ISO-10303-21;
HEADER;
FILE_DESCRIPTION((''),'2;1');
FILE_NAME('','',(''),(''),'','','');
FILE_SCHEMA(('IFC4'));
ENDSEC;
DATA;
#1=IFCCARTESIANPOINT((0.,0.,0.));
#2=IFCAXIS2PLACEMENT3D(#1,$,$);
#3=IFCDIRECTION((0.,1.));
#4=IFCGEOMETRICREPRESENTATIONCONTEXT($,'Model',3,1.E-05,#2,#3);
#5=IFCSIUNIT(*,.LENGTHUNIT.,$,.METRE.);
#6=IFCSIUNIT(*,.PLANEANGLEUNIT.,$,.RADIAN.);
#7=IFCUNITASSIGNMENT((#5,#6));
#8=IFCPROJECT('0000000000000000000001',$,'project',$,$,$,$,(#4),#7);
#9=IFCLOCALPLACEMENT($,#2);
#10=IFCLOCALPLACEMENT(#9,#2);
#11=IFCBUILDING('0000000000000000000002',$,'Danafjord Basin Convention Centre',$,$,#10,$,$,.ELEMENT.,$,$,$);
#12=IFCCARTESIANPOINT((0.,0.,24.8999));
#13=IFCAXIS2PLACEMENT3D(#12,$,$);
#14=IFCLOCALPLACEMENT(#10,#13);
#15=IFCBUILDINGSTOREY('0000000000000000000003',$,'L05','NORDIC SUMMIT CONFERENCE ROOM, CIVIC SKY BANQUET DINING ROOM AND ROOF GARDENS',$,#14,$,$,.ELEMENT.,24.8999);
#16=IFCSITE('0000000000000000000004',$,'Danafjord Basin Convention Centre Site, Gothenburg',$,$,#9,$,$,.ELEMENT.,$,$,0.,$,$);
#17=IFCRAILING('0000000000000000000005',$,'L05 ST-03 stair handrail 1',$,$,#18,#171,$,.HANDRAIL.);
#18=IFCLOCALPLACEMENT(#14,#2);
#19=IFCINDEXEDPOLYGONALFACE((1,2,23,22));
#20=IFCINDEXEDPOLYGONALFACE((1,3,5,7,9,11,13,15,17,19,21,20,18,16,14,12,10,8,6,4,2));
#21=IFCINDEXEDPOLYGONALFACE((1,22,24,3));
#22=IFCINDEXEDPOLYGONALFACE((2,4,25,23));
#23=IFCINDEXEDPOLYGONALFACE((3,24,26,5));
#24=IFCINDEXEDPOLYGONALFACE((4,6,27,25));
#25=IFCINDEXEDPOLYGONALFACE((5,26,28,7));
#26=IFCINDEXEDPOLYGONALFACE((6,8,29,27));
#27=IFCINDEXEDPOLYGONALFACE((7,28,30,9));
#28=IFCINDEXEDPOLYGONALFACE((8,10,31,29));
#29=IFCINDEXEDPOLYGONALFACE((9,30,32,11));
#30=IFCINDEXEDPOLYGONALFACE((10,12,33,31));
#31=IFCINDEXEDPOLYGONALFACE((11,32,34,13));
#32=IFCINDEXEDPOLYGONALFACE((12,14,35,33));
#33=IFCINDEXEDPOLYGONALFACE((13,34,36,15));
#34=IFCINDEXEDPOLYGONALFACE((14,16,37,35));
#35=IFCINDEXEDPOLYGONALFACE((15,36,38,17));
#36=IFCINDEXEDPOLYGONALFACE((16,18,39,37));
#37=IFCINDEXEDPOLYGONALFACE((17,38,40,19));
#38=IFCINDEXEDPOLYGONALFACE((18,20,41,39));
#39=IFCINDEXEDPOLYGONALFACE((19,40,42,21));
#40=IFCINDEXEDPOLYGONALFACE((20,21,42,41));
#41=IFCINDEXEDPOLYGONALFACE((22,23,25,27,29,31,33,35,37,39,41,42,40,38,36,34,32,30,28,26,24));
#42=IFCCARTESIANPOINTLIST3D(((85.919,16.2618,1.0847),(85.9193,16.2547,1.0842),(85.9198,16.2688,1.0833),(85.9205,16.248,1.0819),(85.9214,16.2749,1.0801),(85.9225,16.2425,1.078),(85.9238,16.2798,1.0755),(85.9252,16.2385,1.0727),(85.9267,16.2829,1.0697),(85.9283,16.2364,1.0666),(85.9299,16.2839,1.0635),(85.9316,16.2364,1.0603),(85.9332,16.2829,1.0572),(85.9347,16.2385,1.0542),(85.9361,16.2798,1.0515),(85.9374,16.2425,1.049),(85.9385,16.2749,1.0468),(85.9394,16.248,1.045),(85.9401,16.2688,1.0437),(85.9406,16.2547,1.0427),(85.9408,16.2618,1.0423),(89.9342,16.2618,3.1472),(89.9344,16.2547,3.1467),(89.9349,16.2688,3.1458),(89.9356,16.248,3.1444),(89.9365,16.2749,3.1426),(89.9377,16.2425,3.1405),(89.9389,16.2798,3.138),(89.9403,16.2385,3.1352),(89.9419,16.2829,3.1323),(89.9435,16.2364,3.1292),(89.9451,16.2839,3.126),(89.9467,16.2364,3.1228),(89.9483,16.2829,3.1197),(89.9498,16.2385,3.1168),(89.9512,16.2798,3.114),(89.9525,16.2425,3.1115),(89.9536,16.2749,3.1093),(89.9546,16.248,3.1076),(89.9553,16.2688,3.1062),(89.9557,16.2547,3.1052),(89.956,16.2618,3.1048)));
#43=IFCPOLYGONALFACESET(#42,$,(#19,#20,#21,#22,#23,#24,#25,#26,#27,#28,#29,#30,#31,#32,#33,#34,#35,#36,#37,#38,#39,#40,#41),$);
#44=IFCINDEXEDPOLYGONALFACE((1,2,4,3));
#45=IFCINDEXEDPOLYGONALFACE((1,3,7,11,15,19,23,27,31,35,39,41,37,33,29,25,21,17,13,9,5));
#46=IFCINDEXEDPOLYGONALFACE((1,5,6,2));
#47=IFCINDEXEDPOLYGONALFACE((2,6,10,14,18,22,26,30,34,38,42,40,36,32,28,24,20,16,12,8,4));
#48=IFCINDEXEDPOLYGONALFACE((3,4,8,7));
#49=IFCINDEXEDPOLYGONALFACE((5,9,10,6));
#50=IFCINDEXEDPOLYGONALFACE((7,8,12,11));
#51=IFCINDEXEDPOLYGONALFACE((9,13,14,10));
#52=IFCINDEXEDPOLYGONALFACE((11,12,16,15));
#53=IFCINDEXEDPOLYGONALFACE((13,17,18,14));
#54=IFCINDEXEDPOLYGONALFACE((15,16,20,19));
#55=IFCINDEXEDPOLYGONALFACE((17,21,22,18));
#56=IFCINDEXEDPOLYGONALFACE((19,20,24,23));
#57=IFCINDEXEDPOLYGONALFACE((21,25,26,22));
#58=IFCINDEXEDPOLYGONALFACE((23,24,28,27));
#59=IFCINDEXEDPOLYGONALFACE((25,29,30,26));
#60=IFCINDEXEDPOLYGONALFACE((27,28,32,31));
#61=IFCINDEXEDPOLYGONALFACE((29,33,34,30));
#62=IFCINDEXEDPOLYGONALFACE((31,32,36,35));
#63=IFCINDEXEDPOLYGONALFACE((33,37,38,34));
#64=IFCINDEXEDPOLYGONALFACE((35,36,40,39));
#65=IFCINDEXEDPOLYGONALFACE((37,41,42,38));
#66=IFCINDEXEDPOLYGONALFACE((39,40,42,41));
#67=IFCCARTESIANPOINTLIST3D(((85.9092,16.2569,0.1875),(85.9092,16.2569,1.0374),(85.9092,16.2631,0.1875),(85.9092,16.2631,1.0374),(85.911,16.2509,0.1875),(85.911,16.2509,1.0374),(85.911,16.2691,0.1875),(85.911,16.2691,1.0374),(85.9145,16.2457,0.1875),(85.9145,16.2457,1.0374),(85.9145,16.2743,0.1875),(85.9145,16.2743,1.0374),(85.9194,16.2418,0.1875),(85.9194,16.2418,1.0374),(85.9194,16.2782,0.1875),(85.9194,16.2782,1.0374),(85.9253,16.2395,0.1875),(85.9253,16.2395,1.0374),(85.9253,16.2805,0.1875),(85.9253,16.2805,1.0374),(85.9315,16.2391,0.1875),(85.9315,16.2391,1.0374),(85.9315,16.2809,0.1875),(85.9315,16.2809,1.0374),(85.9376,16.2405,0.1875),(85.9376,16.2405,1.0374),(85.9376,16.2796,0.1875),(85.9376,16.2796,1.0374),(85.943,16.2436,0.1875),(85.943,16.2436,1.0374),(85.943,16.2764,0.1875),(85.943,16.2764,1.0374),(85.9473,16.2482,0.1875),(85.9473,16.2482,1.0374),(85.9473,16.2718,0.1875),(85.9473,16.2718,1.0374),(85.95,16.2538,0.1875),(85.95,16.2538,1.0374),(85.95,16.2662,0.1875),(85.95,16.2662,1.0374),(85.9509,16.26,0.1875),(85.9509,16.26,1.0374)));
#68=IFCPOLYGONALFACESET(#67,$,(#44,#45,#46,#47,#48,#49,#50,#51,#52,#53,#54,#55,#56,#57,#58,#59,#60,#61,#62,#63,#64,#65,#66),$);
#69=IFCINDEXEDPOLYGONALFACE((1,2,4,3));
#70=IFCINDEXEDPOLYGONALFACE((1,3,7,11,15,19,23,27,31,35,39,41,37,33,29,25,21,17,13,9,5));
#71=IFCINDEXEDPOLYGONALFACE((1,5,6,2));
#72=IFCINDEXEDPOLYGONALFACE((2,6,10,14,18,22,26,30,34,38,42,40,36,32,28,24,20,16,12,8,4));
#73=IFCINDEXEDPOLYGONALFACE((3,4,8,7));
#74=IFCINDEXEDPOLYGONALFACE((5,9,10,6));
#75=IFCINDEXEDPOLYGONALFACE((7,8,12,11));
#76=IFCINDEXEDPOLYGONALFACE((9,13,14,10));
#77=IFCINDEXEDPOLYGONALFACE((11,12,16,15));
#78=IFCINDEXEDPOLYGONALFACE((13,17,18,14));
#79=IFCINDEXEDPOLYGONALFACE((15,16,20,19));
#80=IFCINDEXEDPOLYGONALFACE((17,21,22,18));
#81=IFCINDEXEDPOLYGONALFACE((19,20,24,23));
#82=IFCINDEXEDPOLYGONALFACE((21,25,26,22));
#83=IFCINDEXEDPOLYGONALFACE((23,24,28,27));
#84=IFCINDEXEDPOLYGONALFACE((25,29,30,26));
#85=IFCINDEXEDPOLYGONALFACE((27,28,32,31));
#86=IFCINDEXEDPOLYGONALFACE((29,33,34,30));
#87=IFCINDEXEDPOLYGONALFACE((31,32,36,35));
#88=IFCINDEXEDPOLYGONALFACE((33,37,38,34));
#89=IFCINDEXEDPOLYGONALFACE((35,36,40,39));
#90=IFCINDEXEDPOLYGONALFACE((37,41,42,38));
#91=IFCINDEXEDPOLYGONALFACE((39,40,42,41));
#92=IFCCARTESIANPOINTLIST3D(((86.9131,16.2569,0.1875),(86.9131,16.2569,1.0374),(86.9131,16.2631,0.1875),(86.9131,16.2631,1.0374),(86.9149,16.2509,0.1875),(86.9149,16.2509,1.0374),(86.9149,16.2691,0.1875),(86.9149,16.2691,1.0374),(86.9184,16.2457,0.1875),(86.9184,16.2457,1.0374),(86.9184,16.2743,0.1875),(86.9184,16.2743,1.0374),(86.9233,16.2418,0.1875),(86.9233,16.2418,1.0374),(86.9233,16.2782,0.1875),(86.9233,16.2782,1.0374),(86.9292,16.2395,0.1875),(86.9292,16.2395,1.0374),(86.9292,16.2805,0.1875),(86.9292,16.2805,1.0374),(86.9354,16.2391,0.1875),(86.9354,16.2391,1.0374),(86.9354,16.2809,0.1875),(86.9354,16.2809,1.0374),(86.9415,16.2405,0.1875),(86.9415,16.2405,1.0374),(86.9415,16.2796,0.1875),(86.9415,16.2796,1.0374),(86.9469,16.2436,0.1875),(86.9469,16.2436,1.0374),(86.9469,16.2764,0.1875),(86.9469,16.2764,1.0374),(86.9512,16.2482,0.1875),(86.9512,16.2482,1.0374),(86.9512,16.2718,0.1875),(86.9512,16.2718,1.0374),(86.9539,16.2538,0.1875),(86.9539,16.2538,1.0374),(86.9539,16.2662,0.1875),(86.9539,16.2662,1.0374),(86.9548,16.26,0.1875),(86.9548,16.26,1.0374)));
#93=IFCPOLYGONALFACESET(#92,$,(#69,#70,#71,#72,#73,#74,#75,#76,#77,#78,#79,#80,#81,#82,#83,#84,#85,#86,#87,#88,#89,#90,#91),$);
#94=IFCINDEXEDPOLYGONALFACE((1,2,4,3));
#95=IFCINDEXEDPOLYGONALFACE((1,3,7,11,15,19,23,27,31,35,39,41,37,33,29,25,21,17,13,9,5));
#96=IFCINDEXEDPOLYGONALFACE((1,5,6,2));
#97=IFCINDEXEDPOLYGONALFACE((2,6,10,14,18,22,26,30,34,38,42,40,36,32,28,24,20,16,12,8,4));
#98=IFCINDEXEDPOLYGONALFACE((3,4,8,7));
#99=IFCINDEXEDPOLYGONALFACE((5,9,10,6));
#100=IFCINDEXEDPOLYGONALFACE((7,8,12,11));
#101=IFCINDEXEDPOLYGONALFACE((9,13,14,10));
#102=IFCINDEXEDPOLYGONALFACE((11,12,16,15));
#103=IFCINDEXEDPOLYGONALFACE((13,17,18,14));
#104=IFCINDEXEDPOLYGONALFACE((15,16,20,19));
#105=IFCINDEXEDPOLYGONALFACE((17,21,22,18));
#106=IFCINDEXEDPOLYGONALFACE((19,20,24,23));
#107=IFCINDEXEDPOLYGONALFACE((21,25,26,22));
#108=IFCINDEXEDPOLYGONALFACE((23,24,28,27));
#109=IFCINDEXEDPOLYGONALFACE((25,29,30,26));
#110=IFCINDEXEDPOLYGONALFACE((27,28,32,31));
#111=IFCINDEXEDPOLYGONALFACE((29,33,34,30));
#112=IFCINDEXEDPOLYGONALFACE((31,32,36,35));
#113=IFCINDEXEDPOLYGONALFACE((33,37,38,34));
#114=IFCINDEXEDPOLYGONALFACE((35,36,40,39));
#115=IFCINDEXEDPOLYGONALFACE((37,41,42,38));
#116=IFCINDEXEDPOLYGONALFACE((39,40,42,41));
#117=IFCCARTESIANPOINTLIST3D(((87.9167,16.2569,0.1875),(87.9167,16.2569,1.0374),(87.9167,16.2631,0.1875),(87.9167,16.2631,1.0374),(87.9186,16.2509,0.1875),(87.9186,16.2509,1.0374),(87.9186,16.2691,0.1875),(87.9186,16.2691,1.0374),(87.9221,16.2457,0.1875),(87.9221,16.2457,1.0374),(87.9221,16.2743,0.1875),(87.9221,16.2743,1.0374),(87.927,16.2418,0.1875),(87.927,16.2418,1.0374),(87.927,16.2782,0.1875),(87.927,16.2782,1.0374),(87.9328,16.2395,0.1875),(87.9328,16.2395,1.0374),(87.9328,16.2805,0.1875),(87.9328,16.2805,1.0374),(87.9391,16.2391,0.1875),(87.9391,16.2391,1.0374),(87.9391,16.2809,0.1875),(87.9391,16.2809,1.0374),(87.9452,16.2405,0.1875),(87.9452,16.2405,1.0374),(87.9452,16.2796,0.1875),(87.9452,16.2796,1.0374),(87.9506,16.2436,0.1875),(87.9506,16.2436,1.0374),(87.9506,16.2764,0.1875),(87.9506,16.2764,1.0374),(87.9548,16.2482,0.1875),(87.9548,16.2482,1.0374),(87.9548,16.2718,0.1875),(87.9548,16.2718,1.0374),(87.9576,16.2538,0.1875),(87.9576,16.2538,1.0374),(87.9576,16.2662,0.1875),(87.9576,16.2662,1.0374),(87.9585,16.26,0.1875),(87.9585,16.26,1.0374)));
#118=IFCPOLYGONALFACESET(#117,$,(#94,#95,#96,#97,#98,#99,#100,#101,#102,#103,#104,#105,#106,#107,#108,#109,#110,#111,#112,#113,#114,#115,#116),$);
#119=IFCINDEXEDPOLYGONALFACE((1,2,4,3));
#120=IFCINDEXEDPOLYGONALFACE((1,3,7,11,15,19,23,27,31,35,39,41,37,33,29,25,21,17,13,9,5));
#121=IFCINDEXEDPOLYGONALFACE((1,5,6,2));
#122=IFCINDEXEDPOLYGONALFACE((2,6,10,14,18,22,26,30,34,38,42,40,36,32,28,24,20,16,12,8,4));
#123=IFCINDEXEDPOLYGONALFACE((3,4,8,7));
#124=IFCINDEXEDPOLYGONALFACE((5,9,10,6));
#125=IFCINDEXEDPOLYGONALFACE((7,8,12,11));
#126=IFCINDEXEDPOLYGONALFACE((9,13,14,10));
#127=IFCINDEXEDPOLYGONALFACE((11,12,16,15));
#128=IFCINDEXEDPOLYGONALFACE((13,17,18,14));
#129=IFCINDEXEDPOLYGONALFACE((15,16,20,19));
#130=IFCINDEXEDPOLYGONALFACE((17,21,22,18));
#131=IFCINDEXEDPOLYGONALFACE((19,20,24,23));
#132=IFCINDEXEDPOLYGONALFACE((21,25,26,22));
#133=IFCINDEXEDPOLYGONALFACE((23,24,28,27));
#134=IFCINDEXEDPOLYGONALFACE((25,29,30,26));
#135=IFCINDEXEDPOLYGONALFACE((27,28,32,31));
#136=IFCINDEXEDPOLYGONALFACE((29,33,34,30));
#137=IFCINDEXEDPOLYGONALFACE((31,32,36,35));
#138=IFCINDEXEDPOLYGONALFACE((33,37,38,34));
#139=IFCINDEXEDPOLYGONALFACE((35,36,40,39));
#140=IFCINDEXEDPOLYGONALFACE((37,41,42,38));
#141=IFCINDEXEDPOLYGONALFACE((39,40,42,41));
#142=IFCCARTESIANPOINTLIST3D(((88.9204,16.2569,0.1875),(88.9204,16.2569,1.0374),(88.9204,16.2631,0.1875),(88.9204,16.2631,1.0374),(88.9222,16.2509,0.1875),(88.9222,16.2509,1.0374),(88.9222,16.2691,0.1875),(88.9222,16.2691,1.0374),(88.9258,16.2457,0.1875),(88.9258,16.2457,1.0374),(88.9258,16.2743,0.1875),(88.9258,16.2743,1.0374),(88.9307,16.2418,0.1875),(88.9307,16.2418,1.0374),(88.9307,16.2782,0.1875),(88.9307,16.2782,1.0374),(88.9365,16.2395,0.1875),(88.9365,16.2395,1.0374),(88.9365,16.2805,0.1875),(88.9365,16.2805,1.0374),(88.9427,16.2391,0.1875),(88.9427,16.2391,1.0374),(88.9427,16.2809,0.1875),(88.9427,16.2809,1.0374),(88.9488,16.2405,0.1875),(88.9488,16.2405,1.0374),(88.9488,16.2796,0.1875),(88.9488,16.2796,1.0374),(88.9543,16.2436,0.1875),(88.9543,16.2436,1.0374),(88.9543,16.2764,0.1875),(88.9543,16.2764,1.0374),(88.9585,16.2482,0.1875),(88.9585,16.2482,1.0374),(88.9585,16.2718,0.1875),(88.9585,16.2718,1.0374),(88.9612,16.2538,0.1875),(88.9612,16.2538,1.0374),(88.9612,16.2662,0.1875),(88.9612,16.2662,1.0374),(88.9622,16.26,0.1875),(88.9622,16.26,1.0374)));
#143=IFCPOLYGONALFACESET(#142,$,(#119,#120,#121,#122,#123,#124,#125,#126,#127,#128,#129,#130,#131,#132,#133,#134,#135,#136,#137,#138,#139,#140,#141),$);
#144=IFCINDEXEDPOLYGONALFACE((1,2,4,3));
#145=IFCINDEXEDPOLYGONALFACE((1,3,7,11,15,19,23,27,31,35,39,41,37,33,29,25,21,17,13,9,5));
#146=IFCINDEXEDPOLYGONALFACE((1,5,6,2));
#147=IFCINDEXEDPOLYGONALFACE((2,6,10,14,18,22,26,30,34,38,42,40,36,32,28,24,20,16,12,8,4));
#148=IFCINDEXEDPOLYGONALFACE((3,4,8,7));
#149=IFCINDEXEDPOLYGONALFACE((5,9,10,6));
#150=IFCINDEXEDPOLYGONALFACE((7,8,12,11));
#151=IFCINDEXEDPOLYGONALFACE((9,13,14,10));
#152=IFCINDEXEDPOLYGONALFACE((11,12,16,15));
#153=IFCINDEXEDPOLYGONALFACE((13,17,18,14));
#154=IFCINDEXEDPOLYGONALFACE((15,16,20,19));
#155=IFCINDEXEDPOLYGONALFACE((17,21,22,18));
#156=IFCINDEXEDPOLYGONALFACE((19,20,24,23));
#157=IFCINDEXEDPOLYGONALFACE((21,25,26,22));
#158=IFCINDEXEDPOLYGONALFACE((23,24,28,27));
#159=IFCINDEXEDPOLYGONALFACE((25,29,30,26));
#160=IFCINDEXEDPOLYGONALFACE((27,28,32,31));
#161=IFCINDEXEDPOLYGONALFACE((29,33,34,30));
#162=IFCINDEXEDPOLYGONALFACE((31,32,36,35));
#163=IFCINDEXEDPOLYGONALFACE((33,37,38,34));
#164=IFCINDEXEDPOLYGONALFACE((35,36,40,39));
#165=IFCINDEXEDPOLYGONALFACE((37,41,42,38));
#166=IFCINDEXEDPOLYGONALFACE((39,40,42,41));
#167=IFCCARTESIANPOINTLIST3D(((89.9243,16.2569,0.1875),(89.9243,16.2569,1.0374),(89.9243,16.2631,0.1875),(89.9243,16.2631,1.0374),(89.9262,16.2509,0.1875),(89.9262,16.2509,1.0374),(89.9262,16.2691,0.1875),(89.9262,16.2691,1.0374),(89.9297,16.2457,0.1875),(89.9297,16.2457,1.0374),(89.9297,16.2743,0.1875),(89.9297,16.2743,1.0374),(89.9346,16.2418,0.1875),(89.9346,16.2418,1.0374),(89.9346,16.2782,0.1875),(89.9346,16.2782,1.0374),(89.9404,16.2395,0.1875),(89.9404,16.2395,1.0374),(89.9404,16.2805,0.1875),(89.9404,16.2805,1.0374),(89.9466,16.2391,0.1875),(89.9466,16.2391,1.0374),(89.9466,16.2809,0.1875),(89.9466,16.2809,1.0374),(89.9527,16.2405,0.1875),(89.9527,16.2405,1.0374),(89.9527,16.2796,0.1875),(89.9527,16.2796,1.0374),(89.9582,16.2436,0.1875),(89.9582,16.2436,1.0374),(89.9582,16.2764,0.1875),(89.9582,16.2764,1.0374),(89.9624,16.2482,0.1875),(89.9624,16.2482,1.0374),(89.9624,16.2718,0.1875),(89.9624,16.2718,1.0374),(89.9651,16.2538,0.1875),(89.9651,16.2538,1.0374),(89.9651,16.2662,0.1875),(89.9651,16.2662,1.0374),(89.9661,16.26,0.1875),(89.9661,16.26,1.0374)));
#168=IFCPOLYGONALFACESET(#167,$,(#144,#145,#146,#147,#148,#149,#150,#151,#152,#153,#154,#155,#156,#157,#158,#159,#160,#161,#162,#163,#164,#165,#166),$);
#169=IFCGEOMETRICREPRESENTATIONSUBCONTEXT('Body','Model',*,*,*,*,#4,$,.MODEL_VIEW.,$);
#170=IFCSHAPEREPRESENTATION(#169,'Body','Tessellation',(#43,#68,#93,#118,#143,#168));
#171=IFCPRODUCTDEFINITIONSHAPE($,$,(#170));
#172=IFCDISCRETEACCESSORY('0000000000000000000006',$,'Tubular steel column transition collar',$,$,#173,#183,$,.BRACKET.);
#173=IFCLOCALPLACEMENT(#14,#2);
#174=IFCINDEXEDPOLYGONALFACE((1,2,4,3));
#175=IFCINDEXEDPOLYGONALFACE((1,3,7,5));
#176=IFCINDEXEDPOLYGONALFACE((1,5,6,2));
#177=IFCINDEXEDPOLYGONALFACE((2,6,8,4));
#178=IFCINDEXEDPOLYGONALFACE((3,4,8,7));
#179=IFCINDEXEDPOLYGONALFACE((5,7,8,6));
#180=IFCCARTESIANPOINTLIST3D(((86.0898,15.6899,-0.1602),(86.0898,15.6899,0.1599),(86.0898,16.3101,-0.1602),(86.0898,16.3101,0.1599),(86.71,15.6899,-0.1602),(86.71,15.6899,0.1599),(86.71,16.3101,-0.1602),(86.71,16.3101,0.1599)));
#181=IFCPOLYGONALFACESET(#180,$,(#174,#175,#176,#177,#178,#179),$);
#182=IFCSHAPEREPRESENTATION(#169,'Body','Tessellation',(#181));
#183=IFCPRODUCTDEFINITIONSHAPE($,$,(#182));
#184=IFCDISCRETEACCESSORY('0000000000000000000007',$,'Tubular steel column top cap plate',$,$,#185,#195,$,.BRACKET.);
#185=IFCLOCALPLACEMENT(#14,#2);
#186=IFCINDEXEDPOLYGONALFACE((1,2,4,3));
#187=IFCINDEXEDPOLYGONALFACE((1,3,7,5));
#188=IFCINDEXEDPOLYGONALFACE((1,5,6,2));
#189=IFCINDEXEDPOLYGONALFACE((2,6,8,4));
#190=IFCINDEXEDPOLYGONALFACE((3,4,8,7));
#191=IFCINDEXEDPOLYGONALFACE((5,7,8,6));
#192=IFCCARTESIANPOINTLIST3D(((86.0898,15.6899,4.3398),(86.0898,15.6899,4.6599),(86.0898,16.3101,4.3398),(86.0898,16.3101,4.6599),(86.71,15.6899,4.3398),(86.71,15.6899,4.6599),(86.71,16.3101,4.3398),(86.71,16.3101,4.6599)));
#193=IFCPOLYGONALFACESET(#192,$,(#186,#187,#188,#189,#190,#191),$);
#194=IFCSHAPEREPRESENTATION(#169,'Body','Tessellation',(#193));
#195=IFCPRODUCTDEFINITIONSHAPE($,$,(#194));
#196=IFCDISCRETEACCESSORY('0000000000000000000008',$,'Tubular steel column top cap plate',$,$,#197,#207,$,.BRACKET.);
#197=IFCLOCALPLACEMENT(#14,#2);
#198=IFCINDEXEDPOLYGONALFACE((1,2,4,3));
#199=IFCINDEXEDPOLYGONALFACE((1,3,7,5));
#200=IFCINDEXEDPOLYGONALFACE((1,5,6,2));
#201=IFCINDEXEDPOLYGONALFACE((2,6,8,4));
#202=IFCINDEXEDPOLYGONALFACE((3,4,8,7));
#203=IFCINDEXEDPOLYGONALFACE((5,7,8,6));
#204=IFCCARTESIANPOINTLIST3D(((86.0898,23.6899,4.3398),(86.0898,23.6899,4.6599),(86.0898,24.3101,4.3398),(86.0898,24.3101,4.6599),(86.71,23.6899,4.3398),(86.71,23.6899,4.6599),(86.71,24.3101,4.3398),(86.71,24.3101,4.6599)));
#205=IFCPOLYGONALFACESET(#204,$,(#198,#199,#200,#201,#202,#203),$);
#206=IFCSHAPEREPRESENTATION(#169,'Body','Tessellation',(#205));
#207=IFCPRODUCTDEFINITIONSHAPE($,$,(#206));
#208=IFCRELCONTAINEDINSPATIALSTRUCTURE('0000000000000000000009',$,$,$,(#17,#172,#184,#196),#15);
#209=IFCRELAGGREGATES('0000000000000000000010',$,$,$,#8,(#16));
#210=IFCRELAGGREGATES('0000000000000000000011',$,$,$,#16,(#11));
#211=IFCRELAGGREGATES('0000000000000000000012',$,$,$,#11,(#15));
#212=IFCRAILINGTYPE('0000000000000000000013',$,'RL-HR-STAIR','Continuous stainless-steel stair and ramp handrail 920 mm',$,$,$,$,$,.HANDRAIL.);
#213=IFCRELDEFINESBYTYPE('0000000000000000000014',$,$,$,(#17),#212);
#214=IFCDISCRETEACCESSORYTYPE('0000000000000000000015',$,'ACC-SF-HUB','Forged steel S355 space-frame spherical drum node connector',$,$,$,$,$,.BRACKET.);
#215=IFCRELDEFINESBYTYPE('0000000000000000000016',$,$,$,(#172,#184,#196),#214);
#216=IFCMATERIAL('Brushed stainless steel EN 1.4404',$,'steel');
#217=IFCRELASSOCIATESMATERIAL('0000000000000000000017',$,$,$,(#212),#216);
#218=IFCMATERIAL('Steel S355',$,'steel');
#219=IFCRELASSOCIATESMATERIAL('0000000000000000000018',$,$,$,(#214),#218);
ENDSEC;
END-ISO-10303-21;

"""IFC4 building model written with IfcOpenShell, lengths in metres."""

from ifc_helpers import new_model, si_unit, direction, frame, origin, origin_2d, place, context, subcontext, project, spatial, rectangle, circle, extrude, material, type_object, element, save


model = new_model("IFC4")

# Units and contexts
model_context = context("Model", 3, precision=1e-05, world=origin(), true_north=direction((0.0, 1.0)))
body_context = subcontext(model_context, "Body", "Model", "MODEL_VIEW")
ifc_project = project(units=[si_unit("LENGTHUNIT", "METRE"), si_unit("PLANEANGLEUNIT", "RADIAN")], contexts=[model_context])

# Site, building, storey
site_placement = place(None, origin())
site = spatial("IfcSite", under=ifc_project, at=site_placement, Name="Danafjord Basin Convention Centre Site, Gothenburg", CompositionType="ELEMENT", RefElevation=0.0)
building_placement = place(site_placement, origin())
building = spatial("IfcBuilding", under=site, at=building_placement, Name="Danafjord Basin Convention Centre", CompositionType="ELEMENT")
storey_placement = place(building_placement, frame((0.0, 0.0, 24.8999)))
storey = spatial("IfcBuildingStorey", under=building, at=storey_placement, Name="L05", Description="NORDIC SUMMIT CONFERENCE ROOM, CIVIC SKY BANQUET DINING ROOM AND ROOF GARDENS", CompositionType="ELEMENT", Elevation=24.8999)

# Shared definitions
ifc_material_1 = material(Name="Steel S355", Category="steel")

# Railing
ifc_material_2 = material(Name="Brushed stainless steel EN 1.4404", Category="steel")
railing_type_1 = type_object("IfcRailingType", Name="RL-HR-STAIR", Description="Continuous stainless-steel stair and ramp handrail 920 mm", PredefinedType="HANDRAIL", material=ifc_material_2)
railing_1_placement = place(storey_placement, frame((85.9299, 16.26, 0.1875)))
element("IfcRailing", 1, at=railing_1_placement, inside=storey, type_object=railing_type_1, Name="L05 ST-03 stair handrail 1", PredefinedType="HANDRAIL", context=body_context, shape_type="SweptSolid", body=[
    extrude(circle(Radius=0.0239, at=origin_2d()), frame((0.0, 0.0, 0.876), z_axis=(0.889506, 0.0, 0.456923), x_axis=(0.0, 1.0, 0.0)), (0.0, 0.0, 1.0), 4.5139),
    extrude(circle(Radius=0.021, at=origin_2d()), origin(), (0.0, 0.0, 1.0), 0.8499),
    extrude(circle(Radius=0.021, at=origin_2d()), frame((1.0039, 0.0, 0.0)), (0.0, 0.0, 1.0), 0.8499),
    extrude(circle(Radius=0.021, at=origin_2d()), frame((2.0076, 0.0, 0.0)), (0.0, 0.0, 1.0), 0.8499),
    extrude(circle(Radius=0.021, at=origin_2d()), frame((3.0112, 0.0, 0.0)), (0.0, 0.0, 1.0), 0.8499),
    extrude(circle(Radius=0.021, at=origin_2d()), frame((4.0151, 0.0, 0.0)), (0.0, 0.0, 1.0), 0.8499),
])

# Discrete accessories
discrete_accessory_type = type_object("IfcDiscreteAccessoryType", Name="ACC-SF-HUB", Description="Forged steel S355 space-frame spherical drum node connector", PredefinedType="BRACKET", material=ifc_material_1)
for number, where, z_axis, x_axis, name in (
    (2, (86.3999, 16.0, -0.1602), (0.0, 0.0, 1.0), (1.0, 0.0, 0.0), "Tubular steel column transition collar"),
    (3, (86.3999, 16.0, 4.3398), (0.0, 0.0, 1.0), (1.0, 0.0, 0.0), "Tubular steel column top cap plate"),
    (4, (86.3999, 24.0, 4.3398), (0.0, 0.0, 1.0), (1.0, 0.0, 0.0), "Tubular steel column top cap plate"),
):
    element("IfcDiscreteAccessory", number, at=place(storey_placement, frame(where, z_axis=z_axis, x_axis=x_axis)), inside=storey, type_object=discrete_accessory_type, Name=name, PredefinedType="BRACKET", context=body_context, shape_type="SweptSolid", body=[
        extrude(rectangle(XDim=0.6201, YDim=0.6201, at=origin_2d()), origin(), (0.0, 0.0, 1.0), 0.3201),
    ])

save(model, "model.ifc")
